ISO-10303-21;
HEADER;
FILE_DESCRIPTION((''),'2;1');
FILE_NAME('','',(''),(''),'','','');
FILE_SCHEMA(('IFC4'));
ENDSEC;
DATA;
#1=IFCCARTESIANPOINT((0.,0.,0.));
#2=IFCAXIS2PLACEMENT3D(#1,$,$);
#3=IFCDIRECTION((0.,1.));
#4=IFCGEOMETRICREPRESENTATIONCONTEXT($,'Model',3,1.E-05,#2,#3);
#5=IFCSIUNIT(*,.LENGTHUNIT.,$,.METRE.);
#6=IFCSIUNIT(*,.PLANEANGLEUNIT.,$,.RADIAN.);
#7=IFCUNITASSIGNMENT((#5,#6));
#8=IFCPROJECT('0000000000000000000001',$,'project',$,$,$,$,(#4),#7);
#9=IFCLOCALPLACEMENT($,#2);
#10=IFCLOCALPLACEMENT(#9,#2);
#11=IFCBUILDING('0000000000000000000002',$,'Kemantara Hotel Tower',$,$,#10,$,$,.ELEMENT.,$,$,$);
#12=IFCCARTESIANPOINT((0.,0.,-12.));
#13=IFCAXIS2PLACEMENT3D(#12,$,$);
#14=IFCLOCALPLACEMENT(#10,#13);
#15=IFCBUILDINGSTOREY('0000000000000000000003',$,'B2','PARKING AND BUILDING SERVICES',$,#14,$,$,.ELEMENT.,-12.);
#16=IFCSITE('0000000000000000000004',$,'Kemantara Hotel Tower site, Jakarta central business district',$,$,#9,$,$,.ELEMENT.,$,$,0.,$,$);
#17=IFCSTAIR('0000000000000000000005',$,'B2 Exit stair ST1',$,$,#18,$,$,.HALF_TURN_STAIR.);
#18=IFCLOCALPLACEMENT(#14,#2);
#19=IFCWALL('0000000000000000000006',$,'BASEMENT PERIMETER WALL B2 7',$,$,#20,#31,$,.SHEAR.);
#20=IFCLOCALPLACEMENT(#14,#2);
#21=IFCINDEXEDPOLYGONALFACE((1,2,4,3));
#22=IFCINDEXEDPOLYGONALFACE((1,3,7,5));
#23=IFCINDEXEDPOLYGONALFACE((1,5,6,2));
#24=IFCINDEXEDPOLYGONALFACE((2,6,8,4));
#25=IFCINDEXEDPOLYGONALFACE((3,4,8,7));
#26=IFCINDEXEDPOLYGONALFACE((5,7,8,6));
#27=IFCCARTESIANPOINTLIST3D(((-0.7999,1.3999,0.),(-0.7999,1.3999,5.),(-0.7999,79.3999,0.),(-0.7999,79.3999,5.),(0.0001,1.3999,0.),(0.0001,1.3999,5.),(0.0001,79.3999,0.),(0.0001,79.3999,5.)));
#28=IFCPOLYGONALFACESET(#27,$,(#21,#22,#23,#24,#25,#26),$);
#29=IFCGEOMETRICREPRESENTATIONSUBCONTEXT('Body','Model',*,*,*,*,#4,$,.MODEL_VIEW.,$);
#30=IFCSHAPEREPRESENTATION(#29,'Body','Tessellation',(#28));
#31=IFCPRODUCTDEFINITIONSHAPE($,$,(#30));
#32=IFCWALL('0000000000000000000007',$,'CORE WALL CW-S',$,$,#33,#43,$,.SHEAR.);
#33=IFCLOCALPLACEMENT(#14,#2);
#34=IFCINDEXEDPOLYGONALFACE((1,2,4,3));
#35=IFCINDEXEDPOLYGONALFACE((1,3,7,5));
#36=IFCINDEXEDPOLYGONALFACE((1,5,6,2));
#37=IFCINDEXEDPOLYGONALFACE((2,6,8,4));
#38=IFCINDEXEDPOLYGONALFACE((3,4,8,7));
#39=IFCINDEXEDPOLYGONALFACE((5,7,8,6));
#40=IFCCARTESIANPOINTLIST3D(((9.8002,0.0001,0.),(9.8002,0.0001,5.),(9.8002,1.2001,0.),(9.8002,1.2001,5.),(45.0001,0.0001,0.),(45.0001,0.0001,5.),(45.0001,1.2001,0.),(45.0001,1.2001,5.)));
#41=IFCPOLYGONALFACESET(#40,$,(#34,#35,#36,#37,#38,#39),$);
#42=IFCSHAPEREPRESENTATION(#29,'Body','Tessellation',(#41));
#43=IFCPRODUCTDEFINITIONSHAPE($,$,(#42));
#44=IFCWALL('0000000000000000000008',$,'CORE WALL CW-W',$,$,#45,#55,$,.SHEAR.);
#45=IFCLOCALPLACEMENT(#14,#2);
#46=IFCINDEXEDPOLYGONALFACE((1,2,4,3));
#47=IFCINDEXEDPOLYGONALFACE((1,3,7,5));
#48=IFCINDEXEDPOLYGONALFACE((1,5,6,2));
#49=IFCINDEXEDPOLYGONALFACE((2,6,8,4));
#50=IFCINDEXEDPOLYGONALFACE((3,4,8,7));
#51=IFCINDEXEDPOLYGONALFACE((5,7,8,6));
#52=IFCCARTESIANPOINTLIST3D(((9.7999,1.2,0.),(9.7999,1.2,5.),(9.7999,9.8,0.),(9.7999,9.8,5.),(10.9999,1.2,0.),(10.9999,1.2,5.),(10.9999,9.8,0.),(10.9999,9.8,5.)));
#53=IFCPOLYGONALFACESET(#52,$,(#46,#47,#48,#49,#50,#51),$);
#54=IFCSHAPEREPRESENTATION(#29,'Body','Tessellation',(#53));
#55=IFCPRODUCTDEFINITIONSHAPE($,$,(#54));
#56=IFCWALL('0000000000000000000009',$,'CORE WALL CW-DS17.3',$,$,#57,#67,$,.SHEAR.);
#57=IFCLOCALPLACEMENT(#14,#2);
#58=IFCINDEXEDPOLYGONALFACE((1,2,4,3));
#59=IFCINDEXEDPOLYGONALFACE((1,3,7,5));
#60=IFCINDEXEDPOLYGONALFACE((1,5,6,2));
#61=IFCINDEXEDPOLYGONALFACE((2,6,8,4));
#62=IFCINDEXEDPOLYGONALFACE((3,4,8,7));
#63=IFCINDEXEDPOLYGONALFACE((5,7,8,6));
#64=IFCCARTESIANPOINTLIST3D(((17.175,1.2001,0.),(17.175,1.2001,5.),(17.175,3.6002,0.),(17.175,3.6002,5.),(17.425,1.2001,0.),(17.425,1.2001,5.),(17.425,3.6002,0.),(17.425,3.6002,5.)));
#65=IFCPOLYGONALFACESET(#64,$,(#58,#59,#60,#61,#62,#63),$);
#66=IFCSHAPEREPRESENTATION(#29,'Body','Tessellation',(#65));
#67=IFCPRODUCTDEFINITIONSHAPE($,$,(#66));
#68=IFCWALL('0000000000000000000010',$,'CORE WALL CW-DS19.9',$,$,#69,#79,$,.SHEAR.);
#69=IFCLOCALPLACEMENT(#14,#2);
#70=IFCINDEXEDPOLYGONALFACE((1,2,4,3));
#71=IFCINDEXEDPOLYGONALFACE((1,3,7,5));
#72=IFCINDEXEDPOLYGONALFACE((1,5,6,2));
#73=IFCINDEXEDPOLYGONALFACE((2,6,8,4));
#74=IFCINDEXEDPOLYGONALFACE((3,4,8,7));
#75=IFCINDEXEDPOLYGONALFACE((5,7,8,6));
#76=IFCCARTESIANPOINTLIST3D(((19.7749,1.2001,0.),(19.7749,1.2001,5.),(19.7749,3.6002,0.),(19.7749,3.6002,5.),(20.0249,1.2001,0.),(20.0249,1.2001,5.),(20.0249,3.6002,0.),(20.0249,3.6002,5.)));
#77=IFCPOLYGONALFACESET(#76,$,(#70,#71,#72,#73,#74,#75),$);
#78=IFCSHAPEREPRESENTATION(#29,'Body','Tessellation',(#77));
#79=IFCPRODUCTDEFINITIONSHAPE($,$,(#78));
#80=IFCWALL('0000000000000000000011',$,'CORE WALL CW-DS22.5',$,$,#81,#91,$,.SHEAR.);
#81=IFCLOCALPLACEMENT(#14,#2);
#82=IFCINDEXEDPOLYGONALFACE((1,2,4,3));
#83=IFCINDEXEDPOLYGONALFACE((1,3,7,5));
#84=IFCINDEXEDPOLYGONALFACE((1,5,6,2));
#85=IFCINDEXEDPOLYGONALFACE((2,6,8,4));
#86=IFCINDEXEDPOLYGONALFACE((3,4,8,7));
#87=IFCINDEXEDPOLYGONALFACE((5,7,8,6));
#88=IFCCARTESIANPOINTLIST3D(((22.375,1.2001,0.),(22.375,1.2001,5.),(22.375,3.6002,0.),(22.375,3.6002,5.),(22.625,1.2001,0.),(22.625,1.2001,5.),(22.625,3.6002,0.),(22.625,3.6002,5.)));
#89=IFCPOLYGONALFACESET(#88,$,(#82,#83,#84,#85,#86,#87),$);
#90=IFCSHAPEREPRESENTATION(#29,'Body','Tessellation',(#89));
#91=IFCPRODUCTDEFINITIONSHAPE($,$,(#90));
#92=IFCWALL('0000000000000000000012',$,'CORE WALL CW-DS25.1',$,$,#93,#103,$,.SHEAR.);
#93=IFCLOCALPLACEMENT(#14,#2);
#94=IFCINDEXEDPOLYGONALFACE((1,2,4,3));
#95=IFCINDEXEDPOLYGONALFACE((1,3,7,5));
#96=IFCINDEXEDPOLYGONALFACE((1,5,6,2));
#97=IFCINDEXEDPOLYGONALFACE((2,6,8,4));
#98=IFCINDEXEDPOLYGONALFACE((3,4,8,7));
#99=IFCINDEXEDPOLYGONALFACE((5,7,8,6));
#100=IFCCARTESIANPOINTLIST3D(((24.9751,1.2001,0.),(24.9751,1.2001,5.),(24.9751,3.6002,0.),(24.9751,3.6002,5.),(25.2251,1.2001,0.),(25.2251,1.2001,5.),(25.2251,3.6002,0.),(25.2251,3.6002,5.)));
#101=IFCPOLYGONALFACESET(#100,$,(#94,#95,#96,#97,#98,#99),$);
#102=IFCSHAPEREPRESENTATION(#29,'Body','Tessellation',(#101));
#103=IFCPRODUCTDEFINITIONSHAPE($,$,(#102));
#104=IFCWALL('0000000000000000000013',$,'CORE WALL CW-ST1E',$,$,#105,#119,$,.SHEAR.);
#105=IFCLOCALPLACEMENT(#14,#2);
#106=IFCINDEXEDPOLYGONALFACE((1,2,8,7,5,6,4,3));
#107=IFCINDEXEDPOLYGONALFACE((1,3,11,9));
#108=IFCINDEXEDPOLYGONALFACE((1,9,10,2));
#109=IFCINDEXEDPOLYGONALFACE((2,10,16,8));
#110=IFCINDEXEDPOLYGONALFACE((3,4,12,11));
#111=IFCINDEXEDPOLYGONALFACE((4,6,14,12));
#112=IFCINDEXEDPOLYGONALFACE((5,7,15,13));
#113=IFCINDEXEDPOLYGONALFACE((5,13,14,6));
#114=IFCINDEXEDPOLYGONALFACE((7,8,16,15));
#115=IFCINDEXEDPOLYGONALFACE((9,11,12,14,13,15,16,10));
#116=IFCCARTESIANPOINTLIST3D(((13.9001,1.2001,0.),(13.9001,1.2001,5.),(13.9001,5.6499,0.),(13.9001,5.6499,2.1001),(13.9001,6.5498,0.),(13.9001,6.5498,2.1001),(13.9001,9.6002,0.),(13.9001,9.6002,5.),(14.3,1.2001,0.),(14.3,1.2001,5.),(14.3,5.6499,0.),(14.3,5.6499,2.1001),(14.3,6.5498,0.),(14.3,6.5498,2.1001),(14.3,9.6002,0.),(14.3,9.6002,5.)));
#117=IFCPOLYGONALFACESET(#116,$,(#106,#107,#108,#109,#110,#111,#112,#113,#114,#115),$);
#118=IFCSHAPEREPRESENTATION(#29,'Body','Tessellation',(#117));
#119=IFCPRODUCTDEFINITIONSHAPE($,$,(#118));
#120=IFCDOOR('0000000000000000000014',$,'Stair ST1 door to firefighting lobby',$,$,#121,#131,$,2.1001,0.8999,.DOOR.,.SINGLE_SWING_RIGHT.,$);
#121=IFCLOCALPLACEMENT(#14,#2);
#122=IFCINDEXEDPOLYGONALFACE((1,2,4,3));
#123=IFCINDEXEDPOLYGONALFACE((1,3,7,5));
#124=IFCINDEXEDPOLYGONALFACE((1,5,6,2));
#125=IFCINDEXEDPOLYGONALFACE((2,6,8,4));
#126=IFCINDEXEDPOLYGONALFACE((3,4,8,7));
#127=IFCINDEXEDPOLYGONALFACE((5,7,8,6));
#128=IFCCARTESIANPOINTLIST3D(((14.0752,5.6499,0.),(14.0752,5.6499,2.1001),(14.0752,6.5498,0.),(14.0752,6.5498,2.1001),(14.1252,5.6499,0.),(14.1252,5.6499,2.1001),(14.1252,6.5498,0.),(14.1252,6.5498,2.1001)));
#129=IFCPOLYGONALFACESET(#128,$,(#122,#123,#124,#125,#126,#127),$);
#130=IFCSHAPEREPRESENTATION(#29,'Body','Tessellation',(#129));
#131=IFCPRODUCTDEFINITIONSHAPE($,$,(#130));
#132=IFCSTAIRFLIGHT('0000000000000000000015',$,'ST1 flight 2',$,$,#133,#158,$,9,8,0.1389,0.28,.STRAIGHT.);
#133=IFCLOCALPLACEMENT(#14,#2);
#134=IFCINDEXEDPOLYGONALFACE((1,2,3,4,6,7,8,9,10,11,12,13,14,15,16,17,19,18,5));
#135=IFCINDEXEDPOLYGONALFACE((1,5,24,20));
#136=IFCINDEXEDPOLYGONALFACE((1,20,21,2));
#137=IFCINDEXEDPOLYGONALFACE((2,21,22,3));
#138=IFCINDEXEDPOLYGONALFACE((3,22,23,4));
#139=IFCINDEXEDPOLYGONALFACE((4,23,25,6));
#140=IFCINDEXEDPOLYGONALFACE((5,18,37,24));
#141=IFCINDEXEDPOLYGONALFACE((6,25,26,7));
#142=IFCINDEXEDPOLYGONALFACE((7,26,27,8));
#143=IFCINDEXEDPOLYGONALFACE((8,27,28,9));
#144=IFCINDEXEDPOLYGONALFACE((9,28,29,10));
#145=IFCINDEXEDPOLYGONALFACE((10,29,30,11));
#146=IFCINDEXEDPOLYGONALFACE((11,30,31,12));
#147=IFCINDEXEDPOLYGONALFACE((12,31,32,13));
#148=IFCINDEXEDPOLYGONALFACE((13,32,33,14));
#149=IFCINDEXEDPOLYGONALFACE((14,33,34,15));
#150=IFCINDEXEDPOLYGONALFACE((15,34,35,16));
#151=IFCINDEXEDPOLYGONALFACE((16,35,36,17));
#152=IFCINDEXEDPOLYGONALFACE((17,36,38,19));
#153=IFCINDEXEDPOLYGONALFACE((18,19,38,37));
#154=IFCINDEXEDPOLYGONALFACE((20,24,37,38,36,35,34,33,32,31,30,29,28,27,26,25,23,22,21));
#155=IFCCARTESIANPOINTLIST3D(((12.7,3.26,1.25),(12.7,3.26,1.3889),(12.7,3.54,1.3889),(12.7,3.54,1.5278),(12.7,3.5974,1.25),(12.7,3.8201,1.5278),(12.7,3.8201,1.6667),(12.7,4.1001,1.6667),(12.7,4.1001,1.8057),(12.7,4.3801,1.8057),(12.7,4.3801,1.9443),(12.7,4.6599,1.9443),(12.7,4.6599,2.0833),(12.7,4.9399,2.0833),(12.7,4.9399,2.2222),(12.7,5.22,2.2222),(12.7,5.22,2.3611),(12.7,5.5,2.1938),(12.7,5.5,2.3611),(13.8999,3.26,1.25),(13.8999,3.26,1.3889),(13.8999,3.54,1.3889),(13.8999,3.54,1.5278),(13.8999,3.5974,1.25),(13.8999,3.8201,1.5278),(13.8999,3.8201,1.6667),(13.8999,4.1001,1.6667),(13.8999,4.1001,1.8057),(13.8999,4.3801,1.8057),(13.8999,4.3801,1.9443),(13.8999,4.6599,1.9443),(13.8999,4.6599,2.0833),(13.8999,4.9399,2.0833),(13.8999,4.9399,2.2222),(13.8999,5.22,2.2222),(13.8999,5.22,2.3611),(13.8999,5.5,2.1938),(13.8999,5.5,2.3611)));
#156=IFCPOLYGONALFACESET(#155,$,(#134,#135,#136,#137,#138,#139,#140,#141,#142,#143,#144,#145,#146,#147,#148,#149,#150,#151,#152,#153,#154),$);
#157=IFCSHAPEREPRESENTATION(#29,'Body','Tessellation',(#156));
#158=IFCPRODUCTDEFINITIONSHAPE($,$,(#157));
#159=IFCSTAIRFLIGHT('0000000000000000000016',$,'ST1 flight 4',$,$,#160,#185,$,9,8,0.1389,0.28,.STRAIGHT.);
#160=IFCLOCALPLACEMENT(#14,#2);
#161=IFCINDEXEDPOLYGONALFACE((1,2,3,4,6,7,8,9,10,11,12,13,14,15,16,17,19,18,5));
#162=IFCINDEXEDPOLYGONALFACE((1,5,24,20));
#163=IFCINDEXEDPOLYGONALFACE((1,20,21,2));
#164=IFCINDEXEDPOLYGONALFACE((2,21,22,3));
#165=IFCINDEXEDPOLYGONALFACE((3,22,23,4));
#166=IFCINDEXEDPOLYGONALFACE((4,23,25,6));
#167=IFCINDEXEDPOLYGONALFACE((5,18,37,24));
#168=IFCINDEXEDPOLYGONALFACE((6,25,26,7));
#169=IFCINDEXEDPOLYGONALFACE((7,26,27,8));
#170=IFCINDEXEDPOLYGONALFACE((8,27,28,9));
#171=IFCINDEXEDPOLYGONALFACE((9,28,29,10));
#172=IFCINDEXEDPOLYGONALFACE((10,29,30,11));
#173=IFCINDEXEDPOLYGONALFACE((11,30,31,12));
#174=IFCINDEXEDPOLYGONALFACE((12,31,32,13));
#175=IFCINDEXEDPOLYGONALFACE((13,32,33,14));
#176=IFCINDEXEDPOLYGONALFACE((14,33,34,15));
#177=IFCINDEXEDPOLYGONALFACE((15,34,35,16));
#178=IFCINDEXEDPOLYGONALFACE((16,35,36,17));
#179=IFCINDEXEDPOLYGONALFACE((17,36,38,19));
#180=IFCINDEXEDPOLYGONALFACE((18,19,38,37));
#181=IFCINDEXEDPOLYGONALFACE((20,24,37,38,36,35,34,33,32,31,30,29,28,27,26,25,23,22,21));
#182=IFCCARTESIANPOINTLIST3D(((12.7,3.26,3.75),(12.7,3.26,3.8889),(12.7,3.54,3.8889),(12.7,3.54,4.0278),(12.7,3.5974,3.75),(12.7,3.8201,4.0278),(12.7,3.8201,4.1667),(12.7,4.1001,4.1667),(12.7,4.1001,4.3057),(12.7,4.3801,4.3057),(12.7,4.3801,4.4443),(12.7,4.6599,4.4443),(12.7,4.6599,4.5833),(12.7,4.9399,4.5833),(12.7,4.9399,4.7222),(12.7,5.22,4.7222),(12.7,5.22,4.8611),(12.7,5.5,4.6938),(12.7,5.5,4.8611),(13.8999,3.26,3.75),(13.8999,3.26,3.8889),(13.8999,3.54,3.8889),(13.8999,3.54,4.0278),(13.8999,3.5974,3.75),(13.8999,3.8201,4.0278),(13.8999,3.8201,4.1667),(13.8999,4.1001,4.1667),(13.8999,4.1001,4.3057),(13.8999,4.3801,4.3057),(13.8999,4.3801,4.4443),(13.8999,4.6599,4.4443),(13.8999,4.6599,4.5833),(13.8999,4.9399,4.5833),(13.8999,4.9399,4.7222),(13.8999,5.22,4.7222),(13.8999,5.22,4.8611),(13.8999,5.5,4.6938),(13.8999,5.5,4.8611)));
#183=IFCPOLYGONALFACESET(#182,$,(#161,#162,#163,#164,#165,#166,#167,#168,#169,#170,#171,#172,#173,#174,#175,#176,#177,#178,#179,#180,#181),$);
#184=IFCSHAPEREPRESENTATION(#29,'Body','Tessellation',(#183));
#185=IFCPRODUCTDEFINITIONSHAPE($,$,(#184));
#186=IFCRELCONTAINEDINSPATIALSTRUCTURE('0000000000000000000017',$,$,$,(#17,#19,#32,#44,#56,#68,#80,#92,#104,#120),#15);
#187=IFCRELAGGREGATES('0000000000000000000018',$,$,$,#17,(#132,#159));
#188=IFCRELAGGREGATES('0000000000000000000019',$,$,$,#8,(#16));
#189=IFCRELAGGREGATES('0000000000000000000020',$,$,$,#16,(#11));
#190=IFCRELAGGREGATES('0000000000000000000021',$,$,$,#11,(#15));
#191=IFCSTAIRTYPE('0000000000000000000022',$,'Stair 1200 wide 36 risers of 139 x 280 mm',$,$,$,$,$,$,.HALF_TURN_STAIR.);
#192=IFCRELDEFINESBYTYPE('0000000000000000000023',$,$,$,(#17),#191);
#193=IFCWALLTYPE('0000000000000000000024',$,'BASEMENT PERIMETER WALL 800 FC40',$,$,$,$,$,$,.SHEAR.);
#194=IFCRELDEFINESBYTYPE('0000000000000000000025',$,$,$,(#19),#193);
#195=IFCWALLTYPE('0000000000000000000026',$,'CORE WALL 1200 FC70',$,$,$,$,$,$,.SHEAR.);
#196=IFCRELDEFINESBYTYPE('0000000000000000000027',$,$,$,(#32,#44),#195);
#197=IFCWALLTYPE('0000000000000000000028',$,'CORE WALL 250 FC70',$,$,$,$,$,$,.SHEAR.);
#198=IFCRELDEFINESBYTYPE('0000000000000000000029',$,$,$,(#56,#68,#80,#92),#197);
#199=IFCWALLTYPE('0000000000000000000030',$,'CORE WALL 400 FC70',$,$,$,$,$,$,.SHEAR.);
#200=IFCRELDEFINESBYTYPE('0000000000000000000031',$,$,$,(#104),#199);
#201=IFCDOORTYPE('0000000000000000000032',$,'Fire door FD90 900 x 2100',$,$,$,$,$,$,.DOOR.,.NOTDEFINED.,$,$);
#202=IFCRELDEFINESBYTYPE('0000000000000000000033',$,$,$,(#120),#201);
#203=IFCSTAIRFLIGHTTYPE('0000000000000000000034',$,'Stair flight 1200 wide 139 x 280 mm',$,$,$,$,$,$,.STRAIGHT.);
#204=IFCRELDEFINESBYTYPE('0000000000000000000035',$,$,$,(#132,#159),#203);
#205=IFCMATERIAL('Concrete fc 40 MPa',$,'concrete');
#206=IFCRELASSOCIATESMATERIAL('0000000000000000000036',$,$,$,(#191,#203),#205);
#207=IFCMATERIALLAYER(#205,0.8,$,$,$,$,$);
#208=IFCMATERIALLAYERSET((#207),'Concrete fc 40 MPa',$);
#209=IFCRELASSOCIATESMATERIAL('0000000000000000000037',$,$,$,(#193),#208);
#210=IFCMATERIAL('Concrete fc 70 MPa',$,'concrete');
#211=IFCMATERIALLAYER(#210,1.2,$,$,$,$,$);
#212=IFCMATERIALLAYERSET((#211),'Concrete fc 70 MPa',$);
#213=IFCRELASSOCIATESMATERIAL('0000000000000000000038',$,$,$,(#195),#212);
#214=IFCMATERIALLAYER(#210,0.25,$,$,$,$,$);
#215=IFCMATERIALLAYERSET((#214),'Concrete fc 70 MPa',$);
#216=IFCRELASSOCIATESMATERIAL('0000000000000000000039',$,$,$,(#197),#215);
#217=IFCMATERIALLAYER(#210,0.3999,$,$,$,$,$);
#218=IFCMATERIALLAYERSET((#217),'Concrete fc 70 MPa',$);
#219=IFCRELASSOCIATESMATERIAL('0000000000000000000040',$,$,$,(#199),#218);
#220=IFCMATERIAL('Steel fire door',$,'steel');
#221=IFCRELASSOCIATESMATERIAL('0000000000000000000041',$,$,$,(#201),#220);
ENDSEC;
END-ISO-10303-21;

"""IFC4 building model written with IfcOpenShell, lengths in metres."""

from ifc_helpers import new_model, si_unit, direction, frame, frame_2d, origin, place, context, subcontext, project, spatial, polyline, rectangle, outline, extrude, material, layer, layer_set, type_object, element, fill, aggregate, save


model = new_model("IFC4")

# Units and contexts
model_context = context("Model", 3, precision=1e-05, world=origin(), true_north=direction((0.0, 1.0)))
body_context = subcontext(model_context, "Body", "Model", "MODEL_VIEW")
ifc_project = project(units=[si_unit("LENGTHUNIT", "METRE"), si_unit("PLANEANGLEUNIT", "RADIAN")], contexts=[model_context])

# Site, building, storey
site_placement = place(None, origin())
site = spatial("IfcSite", under=ifc_project, at=site_placement, Name="Kemantara Hotel Tower site, Jakarta central business district", CompositionType="ELEMENT", RefElevation=0.0)
building_placement = place(site_placement, origin())
building = spatial("IfcBuilding", under=site, at=building_placement, Name="Kemantara Hotel Tower", CompositionType="ELEMENT")
storey_placement = place(building_placement, frame((0.0, 0.0, -12.0)))
storey = spatial("IfcBuildingStorey", under=building, at=storey_placement, Name="B2", Description="PARKING AND BUILDING SERVICES", CompositionType="ELEMENT", Elevation=-12.0)

# Shared definitions
ifc_material_1 = material(Name="Concrete fc 70 MPa", Category="concrete")

# Shared definitions
ifc_material_2 = material(Name="Concrete fc 40 MPa", Category="concrete")

# Stair
stair_type_1 = type_object("IfcStairType", Name="Stair 1200 wide 36 risers of 139 x 280 mm", PredefinedType="HALF_TURN_STAIR", material=ifc_material_2)
stair_1_placement = place(storey_placement, origin())
stair_1 = element("IfcStair", 1, at=stair_1_placement, inside=storey, type_object=stair_type_1, Name="B2 Exit stair ST1", PredefinedType="HALF_TURN_STAIR")

# Walls
ifc_layer_1 = layer(ifc_material_2, 0.8)
ifc_layer_set_1 = layer_set([ifc_layer_1], Name="Concrete fc 40 MPa")
wall_type_1 = type_object("IfcWallType", Name="BASEMENT PERIMETER WALL 800 FC40", PredefinedType="SHEAR", material=ifc_layer_set_1)
wall_1_placement = place(storey_placement, frame((-0.3999, 1.3999, 0.0), z_axis=(0.0, 0.0, 1.0), x_axis=(0.0, 1.0, 0.0)))
element("IfcWall", 2, at=wall_1_placement, inside=storey, type_object=wall_type_1, Name="BASEMENT PERIMETER WALL B2 7", PredefinedType="SHEAR", context=body_context, shape_type="SweptSolid", body=[
    extrude(rectangle(XDim=78.0, YDim=0.8, at=frame_2d((39.0, 0.0))), origin(), (0.0, 0.0, 1.0), 5.0),
])
ifc_layer_2 = layer(ifc_material_1, 1.2)
ifc_layer_set_2 = layer_set([ifc_layer_2], Name="Concrete fc 70 MPa")
wall_type_2 = type_object("IfcWallType", Name="CORE WALL 1200 FC70", PredefinedType="SHEAR", material=ifc_layer_set_2)
wall_2_placement = place(storey_placement, frame((9.8, 0.6001, 0.0), z_axis=(0.0, 0.0, 1.0), x_axis=(1.0, 0.0, 0.0)))
element("IfcWall", 3, at=wall_2_placement, inside=storey, type_object=wall_type_2, Name="CORE WALL CW-S", PredefinedType="SHEAR", context=body_context, shape_type="SweptSolid", body=[
    extrude(rectangle(XDim=35.2, YDim=1.2, at=frame_2d((17.6001, 0.0))), origin(), (0.0, 0.0, 1.0), 5.0),
])
wall_3_placement = place(storey_placement, frame((10.3999, 1.2, 0.0), z_axis=(0.0, 0.0, 1.0), x_axis=(0.0, 1.0, 0.0)))
element("IfcWall", 4, at=wall_3_placement, inside=storey, type_object=wall_type_2, Name="CORE WALL CW-W", PredefinedType="SHEAR", context=body_context, shape_type="SweptSolid", body=[
    extrude(rectangle(XDim=8.6001, YDim=1.2, at=frame_2d((4.3, 0.0))), origin(), (0.0, 0.0, 1.0), 5.0),
])
ifc_layer_3 = layer(ifc_material_1, 0.25)
ifc_layer_set_3 = layer_set([ifc_layer_3], Name="Concrete fc 70 MPa")
wall_type_3 = type_object("IfcWallType", Name="CORE WALL 250 FC70", PredefinedType="SHEAR", material=ifc_layer_set_3)
for number, where, z_axis, x_axis, name in (
    (5, (17.3, 1.2, 0.0), (0.0, 0.0, 1.0), (0.0, 1.0, 0.0), "CORE WALL CW-DS17.3"),
    (6, (19.8999, 1.2, 0.0), (0.0, 0.0, 1.0), (0.0, 1.0, 0.0), "CORE WALL CW-DS19.9"),
    (7, (22.5, 1.2, 0.0), (0.0, 0.0, 1.0), (0.0, 1.0, 0.0), "CORE WALL CW-DS22.5"),
    (8, (25.1001, 1.2, 0.0), (0.0, 0.0, 1.0), (0.0, 1.0, 0.0), "CORE WALL CW-DS25.1"),
):
    element("IfcWall", number, at=place(storey_placement, frame(where, z_axis=z_axis, x_axis=x_axis)), inside=storey, type_object=wall_type_3, Name=name, PredefinedType="SHEAR", context=body_context, shape_type="SweptSolid", body=[
        extrude(rectangle(XDim=2.4001, YDim=0.25, at=frame_2d((1.2002, 0.0))), origin(), (0.0, 0.0, 1.0), 5.0),
    ])

# Wall, opening, door
ifc_layer_4 = layer(ifc_material_1, 0.3999)
ifc_layer_set_4 = layer_set([ifc_layer_4], Name="Concrete fc 70 MPa")
wall_type_4 = type_object("IfcWallType", Name="CORE WALL 400 FC70", PredefinedType="SHEAR", material=ifc_layer_set_4)
wall_4_placement = place(storey_placement, frame((14.1001, 1.2, 0.0), z_axis=(0.0, 0.0, 1.0), x_axis=(0.0, 1.0, 0.0)))
wall_4 = element("IfcWall", 9, at=wall_4_placement, inside=storey, type_object=wall_type_4, Name="CORE WALL CW-ST1E", PredefinedType="SHEAR", context=body_context, shape_type="SweptSolid", body=[
    extrude(rectangle(XDim=8.4001, YDim=0.3999, at=frame_2d((4.2002, 0.0))), origin(), (0.0, 0.0, 1.0), 5.0),
])
opening_placement = place(wall_4_placement, frame((4.45, 0.0, 0.0)))
opening = element("IfcOpeningElement", 10, at=opening_placement, cuts=wall_4, PredefinedType="OPENING", context=body_context, shape_type="SweptSolid", body=[
    extrude(rectangle(XDim=0.8999, YDim=2.1001, at=frame_2d((0.45, 1.05))), frame((0.0, 0.21, 0.0), z_axis=(0.0, -1.0, 0.0), x_axis=(1.0, 0.0, 0.0)), (0.0, 0.0, 1.0), 0.4199),
])
ifc_material_3 = material(Name="Steel fire door", Category="steel")
door_type = type_object("IfcDoorType", Name="Fire door FD90 900 x 2100", OperationType="NOTDEFINED", PredefinedType="DOOR", material=ifc_material_3)
door_placement = place(opening_placement, origin())
door = element("IfcDoor", 11, at=door_placement, inside=storey, type_object=door_type, Name="Stair ST1 door to firefighting lobby", OperationType="SINGLE_SWING_RIGHT", OverallHeight=2.1001, OverallWidth=0.8999, PredefinedType="DOOR", context=body_context, shape_type="SweptSolid", body=[
    extrude(rectangle(XDim=0.8999, YDim=2.1001, at=frame_2d((0.45, 1.05))), frame((0.0, 0.0249, 0.0), z_axis=(0.0, -1.0, 0.0), x_axis=(1.0, 0.0, 0.0)), (0.0, 0.0, 1.0), 0.05),
])
fill(opening, door)

# Stair flights
stair_flight_type = type_object("IfcStairFlightType", Name="Stair flight 1200 wide 139 x 280 mm", PredefinedType="STRAIGHT", material=ifc_material_2)
stair_flight_1_placement = place(storey_placement, frame((13.3, 3.26, 1.25), z_axis=(0.0, 0.0, 1.0), x_axis=(0.0, 1.0, 0.0)))
stair_flight_1 = element("IfcStairFlight", 12, at=stair_flight_1_placement, type_object=stair_flight_type, Name="ST1 flight 2", NumberOfRisers=9, NumberOfTreads=8, PredefinedType="STRAIGHT", RiserHeight=0.1389, TreadLength=0.28, context=body_context, shape_type="SweptSolid", body=[
    extrude(outline(polyline([(0.0, 0.0), (0.0, 0.1389), (0.28, 0.1389), (0.28, 0.2778), (0.5601, 0.2778), (0.5601, 0.4167), (0.8401, 0.4167), (0.8401, 0.5557), (1.1201, 0.5557), (1.1201, 0.6943), (1.3999, 0.6943), (1.3999, 0.8333), (1.6799, 0.8333), (1.6799, 0.9722), (1.96, 0.9722), (1.96, 1.1111), (2.24, 1.1111), (2.24, 1.25), (2.24, 0.9438), (0.3374, 0.0), (0.0, 0.0)])), frame((0.0, 0.6001, 0.0), z_axis=(0.0, -1.0, 0.0), x_axis=(1.0, 0.0, 0.0)), (0.0, 0.0, 1.0), 1.2),
])
stair_flight_2_placement = place(storey_placement, frame((13.3, 3.26, 3.75), z_axis=(0.0, 0.0, 1.0), x_axis=(0.0, 1.0, 0.0)))
stair_flight_2 = element("IfcStairFlight", 13, at=stair_flight_2_placement, type_object=stair_flight_type, Name="ST1 flight 4", NumberOfRisers=9, NumberOfTreads=8, PredefinedType="STRAIGHT", RiserHeight=0.1389, TreadLength=0.28, context=body_context, shape_type="SweptSolid", body=[
    extrude(outline(polyline([(0.0, 0.0), (0.0, 0.1389), (0.28, 0.1389), (0.28, 0.2778), (0.5601, 0.2778), (0.5601, 0.4167), (0.8401, 0.4167), (0.8401, 0.5557), (1.1201, 0.5557), (1.1201, 0.6943), (1.3999, 0.6943), (1.3999, 0.8333), (1.6799, 0.8333), (1.6799, 0.9722), (1.96, 0.9722), (1.96, 1.1111), (2.24, 1.1111), (2.24, 1.25), (2.24, 0.9438), (0.3374, 0.0), (0.0, 0.0)])), frame((0.0, 0.6001, 0.0), z_axis=(0.0, -1.0, 0.0), x_axis=(1.0, 0.0, 0.0)), (0.0, 0.0, 1.0), 1.2),
])
aggregate(stair_1, [stair_flight_1, stair_flight_2])

save(model, "model.ifc")
